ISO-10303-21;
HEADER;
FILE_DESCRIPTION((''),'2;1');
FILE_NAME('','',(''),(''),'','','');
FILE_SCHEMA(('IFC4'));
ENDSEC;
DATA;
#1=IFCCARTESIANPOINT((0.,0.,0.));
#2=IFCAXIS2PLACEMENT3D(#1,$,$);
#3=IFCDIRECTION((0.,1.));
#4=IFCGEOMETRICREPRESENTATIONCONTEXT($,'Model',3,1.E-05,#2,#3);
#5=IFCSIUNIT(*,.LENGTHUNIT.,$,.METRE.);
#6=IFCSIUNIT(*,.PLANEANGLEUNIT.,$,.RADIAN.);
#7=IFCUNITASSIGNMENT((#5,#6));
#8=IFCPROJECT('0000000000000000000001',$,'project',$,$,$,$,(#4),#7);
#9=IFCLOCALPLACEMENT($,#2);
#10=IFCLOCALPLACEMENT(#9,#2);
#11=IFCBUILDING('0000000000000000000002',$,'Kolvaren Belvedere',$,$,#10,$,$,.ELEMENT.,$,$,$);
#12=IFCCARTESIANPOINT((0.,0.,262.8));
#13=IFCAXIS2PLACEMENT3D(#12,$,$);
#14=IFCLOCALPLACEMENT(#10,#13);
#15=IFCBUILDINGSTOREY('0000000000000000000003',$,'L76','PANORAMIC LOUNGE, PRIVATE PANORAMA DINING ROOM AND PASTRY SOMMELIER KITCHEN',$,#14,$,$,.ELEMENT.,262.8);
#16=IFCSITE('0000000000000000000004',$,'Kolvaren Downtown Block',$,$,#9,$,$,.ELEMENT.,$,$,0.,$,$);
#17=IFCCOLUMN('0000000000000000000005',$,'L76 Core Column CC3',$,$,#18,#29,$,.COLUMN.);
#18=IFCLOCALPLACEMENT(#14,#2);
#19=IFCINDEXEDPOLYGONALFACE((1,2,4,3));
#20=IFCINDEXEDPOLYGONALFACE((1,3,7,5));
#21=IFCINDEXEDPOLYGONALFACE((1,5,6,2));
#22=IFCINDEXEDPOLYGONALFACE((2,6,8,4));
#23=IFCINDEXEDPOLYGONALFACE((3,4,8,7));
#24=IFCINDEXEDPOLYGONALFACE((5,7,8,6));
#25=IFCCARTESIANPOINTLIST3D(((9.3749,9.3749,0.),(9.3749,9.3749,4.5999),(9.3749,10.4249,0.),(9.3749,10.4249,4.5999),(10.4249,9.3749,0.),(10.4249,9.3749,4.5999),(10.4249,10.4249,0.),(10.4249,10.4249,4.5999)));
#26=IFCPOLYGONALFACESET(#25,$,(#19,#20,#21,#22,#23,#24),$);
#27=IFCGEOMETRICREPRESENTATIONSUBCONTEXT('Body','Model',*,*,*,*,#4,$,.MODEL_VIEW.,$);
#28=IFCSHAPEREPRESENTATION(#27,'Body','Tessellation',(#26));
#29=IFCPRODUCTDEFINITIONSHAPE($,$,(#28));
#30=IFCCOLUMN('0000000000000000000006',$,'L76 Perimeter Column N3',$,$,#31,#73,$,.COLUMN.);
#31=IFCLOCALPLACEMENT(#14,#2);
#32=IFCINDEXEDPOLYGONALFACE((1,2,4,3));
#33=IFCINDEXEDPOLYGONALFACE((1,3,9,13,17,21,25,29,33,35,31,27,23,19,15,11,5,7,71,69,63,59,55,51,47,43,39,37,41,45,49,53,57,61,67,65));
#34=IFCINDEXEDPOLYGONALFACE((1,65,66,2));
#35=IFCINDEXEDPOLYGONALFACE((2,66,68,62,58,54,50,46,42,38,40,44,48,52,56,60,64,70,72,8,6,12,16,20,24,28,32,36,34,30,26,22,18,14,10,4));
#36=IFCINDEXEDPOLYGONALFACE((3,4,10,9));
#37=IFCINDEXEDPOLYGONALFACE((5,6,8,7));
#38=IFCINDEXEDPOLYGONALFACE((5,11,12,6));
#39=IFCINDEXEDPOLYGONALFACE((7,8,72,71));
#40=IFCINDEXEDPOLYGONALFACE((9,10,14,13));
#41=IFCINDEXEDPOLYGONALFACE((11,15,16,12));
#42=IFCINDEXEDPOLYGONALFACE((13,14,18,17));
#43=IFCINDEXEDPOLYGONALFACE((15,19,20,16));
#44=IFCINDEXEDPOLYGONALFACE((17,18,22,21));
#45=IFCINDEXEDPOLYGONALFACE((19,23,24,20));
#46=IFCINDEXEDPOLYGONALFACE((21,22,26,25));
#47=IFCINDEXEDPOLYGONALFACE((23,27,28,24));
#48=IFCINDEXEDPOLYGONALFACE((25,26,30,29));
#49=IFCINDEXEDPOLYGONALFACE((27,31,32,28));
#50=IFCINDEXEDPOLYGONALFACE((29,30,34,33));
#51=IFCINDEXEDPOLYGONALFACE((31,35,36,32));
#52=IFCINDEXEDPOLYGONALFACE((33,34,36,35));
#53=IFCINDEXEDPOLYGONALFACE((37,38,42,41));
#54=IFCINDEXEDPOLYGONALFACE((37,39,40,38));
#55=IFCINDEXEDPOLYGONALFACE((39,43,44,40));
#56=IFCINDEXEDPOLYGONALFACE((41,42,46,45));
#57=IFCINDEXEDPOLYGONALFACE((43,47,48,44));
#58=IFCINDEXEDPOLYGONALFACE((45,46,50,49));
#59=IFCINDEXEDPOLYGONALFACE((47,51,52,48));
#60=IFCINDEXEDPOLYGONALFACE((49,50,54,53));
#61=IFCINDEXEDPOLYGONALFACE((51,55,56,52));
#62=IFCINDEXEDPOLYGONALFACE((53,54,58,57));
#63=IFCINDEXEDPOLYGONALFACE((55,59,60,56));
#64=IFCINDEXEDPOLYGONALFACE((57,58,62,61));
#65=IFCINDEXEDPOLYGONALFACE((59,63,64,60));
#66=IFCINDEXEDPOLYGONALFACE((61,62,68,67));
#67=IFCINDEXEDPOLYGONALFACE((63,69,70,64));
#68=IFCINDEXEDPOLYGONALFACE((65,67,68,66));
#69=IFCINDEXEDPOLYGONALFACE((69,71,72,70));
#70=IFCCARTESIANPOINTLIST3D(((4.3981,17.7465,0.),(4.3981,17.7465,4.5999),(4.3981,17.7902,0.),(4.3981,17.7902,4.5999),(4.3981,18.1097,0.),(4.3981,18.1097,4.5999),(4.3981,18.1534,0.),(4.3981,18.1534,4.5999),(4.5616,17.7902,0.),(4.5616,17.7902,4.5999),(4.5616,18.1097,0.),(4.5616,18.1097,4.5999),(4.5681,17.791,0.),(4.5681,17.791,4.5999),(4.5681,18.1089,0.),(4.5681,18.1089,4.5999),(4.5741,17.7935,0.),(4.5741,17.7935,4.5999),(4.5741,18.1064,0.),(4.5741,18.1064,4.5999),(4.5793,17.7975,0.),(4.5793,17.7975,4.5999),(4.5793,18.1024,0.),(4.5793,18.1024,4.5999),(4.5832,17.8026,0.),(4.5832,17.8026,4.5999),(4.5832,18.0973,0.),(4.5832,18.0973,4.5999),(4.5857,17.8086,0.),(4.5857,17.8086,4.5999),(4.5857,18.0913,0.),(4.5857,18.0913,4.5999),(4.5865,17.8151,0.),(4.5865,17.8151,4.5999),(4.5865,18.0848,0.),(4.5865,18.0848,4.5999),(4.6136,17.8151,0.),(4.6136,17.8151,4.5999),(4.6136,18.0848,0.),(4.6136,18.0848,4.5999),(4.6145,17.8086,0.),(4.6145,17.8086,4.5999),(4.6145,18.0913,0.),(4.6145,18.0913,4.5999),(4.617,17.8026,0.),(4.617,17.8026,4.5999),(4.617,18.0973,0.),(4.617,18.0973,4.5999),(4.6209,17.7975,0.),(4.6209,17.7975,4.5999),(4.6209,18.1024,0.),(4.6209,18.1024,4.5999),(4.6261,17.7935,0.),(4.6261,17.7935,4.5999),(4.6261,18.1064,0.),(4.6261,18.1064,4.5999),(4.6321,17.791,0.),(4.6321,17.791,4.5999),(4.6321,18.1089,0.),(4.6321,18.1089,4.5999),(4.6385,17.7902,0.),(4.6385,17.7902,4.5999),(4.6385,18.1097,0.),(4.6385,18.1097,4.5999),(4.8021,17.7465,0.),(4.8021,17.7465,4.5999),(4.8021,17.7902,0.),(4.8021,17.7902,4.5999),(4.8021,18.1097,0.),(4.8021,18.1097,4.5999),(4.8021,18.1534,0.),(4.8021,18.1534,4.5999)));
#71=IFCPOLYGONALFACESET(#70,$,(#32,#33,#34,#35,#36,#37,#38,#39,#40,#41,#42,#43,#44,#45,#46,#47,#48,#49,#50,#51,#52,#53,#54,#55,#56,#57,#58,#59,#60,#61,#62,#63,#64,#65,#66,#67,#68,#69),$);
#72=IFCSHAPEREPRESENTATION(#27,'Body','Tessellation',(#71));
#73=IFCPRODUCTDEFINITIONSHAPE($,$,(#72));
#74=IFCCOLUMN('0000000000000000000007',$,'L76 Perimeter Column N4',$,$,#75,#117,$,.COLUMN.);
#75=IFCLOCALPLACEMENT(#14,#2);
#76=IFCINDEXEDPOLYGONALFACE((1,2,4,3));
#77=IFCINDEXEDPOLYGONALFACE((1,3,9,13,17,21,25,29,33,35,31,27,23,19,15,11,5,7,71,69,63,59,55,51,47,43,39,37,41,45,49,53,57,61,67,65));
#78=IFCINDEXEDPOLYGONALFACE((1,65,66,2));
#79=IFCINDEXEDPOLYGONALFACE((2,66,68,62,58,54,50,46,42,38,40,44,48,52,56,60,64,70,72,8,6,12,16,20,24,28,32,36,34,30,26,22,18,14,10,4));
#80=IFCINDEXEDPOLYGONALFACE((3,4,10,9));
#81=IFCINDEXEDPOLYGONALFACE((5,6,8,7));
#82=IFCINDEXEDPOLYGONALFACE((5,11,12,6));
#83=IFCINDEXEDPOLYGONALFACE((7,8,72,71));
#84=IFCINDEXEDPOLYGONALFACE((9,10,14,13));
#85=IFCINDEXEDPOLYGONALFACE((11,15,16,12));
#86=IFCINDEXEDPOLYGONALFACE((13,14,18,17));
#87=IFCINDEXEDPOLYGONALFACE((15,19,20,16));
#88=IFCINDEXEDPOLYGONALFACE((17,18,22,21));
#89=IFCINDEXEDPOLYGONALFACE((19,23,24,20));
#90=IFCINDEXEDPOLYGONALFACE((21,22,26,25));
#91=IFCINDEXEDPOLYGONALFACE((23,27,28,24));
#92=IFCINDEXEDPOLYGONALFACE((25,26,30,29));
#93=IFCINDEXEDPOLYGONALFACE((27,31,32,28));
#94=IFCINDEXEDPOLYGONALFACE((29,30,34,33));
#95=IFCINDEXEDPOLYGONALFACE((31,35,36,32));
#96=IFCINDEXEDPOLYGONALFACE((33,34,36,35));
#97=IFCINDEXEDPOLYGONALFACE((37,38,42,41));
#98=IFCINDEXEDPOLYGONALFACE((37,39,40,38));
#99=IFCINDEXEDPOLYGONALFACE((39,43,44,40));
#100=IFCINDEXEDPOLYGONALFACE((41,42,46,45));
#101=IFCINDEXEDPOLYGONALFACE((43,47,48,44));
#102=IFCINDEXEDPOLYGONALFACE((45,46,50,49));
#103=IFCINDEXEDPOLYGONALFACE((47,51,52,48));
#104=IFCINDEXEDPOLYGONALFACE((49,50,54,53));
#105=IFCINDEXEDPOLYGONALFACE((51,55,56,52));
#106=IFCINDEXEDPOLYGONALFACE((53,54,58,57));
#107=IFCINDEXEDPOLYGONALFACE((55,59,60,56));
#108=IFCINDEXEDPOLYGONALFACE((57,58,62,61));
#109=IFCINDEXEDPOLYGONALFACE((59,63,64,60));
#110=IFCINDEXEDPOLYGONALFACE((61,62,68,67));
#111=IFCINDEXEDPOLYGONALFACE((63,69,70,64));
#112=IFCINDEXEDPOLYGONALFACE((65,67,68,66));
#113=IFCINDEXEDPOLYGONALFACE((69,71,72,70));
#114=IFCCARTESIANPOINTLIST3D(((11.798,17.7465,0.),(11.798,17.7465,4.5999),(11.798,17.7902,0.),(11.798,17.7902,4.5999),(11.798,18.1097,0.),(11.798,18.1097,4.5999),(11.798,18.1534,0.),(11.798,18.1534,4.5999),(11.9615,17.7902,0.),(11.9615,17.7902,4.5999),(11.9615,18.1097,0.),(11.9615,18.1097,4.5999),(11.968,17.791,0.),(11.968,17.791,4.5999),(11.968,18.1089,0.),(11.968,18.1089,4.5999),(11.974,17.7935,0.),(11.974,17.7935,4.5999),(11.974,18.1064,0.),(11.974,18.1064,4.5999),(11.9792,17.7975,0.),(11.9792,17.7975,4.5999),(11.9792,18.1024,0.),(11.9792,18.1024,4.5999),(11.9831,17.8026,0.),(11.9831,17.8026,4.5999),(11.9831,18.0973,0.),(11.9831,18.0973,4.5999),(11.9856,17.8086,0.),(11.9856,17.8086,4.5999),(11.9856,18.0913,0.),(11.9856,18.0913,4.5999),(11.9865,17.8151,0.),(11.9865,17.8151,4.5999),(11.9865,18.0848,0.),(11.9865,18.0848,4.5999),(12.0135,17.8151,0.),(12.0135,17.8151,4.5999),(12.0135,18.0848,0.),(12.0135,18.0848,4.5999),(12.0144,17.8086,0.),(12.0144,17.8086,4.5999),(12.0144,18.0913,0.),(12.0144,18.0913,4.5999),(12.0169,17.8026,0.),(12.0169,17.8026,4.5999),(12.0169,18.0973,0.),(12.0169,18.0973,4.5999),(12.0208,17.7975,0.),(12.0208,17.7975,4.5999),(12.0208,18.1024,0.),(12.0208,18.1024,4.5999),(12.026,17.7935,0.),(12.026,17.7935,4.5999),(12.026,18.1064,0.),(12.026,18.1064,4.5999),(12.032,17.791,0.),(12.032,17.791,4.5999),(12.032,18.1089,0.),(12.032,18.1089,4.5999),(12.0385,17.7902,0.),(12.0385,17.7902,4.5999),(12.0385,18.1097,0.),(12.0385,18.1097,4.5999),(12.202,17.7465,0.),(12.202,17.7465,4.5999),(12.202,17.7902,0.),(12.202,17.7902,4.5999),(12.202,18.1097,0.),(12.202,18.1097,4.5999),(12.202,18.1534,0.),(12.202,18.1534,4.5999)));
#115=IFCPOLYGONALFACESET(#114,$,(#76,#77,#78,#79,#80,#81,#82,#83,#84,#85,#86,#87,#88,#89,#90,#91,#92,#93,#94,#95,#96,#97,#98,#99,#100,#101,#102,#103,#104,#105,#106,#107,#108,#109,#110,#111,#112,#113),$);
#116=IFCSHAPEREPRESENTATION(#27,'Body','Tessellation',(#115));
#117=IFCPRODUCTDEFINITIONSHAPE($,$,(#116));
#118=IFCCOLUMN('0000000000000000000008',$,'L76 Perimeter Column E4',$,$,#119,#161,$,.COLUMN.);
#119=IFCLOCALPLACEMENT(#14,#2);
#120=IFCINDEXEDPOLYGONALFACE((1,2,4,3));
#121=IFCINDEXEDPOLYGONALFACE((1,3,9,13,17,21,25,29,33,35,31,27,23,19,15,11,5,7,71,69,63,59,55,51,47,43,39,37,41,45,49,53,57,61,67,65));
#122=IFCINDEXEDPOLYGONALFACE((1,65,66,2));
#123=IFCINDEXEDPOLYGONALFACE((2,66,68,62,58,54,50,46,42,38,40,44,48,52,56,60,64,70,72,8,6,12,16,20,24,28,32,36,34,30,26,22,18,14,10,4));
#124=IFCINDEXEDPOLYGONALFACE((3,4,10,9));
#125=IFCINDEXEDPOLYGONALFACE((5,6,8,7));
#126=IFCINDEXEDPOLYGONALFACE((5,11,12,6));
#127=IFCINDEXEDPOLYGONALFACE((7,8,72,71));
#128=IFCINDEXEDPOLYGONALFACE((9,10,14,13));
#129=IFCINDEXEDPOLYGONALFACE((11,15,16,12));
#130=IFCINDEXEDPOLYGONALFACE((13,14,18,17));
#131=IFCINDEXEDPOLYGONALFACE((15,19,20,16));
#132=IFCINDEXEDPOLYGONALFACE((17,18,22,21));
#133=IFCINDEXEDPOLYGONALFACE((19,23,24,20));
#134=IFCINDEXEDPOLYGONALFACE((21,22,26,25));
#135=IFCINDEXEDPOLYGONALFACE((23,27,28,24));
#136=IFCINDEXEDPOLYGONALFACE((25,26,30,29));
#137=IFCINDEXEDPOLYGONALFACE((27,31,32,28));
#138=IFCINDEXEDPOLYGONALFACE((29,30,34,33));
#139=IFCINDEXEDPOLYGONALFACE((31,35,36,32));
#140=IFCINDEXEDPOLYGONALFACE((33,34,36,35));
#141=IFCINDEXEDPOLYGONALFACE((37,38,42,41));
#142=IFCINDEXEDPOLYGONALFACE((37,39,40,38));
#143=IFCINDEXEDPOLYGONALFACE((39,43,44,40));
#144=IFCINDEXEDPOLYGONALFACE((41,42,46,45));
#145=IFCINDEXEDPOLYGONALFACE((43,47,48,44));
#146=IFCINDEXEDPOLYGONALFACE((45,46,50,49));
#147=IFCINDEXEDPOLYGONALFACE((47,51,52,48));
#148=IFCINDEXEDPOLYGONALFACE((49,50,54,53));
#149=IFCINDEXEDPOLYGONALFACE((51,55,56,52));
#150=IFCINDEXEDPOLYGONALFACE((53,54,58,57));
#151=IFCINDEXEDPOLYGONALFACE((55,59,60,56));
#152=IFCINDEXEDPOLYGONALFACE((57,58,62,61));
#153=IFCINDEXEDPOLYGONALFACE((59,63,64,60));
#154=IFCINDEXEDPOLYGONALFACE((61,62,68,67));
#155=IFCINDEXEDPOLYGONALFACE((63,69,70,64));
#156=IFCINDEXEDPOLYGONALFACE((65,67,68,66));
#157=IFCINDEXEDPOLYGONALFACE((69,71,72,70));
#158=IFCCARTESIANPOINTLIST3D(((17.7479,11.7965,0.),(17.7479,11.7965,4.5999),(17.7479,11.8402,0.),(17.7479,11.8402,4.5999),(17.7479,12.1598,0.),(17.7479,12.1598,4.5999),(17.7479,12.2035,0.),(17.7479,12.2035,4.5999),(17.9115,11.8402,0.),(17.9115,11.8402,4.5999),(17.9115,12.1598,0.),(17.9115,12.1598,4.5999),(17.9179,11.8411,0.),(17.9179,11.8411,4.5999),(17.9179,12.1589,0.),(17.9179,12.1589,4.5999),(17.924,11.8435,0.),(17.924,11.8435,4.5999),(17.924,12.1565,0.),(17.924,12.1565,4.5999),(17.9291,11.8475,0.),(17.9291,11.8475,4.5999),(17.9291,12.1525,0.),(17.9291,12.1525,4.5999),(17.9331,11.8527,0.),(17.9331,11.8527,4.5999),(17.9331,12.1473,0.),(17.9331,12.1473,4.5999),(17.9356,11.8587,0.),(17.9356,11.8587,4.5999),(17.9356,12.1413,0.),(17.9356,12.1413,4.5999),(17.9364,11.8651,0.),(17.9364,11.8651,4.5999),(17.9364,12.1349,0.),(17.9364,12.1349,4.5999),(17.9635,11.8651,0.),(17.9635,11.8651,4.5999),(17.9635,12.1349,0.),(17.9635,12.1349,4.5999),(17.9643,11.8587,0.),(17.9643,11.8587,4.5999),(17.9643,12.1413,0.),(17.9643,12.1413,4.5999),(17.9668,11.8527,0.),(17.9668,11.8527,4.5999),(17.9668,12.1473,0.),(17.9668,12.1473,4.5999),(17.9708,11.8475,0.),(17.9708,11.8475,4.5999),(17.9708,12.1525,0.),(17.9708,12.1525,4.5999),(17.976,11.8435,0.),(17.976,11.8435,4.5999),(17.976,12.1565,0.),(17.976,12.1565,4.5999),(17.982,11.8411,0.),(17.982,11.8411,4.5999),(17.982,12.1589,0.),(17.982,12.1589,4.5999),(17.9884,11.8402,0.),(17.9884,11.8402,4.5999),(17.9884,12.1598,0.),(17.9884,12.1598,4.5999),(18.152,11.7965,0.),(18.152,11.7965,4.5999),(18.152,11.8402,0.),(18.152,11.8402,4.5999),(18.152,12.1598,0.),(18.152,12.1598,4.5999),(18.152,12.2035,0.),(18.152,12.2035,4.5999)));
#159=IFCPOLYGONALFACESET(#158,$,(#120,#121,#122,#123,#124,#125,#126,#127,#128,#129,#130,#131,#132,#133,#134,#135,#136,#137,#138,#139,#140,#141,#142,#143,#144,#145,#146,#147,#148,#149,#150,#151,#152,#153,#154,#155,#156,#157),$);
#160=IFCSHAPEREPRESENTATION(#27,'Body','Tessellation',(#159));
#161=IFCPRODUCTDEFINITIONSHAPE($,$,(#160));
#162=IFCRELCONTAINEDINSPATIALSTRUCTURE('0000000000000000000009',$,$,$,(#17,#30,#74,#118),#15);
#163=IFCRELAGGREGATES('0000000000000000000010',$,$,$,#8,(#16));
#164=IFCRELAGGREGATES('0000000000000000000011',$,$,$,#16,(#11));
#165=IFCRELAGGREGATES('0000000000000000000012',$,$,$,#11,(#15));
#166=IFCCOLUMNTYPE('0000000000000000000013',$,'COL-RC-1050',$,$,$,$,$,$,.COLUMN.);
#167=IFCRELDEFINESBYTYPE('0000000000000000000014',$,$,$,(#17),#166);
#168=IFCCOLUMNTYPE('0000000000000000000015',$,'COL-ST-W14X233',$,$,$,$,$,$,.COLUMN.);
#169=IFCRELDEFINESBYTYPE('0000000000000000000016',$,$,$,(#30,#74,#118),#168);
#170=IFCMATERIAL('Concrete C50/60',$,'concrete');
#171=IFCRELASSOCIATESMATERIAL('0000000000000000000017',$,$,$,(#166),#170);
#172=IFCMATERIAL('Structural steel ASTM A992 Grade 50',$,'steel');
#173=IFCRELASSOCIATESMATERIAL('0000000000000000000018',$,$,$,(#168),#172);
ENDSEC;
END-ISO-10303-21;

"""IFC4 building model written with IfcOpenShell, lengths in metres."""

from ifc_helpers import new_model, si_unit, direction, frame, origin, origin_2d, place, context, subcontext, project, spatial, rectangle, i_section, extrude, material, material_profile, profile_set, type_object, element, save


model = new_model("IFC4")

# Units and contexts
model_context = context("Model", 3, precision=1e-05, world=origin(), true_north=direction((0.0, 1.0)))
body_context = subcontext(model_context, "Body", "Model", "MODEL_VIEW")
ifc_project = project(units=[si_unit("LENGTHUNIT", "METRE"), si_unit("PLANEANGLEUNIT", "RADIAN")], contexts=[model_context])

# Site, building, storey
site_placement = place(None, origin())
site = spatial("IfcSite", under=ifc_project, at=site_placement, Name="Kolvaren Downtown Block", CompositionType="ELEMENT", RefElevation=0.0)
building_placement = place(site_placement, origin())
building = spatial("IfcBuilding", under=site, at=building_placement, Name="Kolvaren Belvedere", CompositionType="ELEMENT")
storey_placement = place(building_placement, frame((0.0, 0.0, 262.8)))
storey = spatial("IfcBuildingStorey", under=building, at=storey_placement, Name="L76", Description="PANORAMIC LOUNGE, PRIVATE PANORAMA DINING ROOM AND PASTRY SOMMELIER KITCHEN", CompositionType="ELEMENT", Elevation=262.8)

# Columns
ifc_material_1 = material(Name="Concrete C50/60", Category="concrete")
ifc_material_profile_1 = material_profile(ifc_material_1, rectangle(XDim=1.05, YDim=1.05, at=origin_2d()), Name="RC 1050X1050")
ifc_profile_set_1 = profile_set([ifc_material_profile_1], Name="Concrete C50/60")
column_type_1 = type_object("IfcColumnType", Name="COL-RC-1050", PredefinedType="COLUMN", material=ifc_profile_set_1)
column_placement = place(storey_placement, frame((9.8999, 9.8999, 0.0), z_axis=(0.0, 0.0, 1.0), x_axis=(1.0, 0.0, 0.0)))
element("IfcColumn", 1, at=column_placement, inside=storey, type_object=column_type_1, Name="L76 Core Column CC3", PredefinedType="COLUMN", context=body_context, shape_type="SweptSolid", body=[
    extrude(rectangle(XDim=1.05, YDim=1.05, at=origin_2d()), origin(), (0.0, 0.0, 1.0), 4.5999),
])
ifc_material_2 = material(Name="Structural steel ASTM A992 Grade 50", Category="steel")
ifc_material_profile_2 = material_profile(ifc_material_2, i_section(OverallWidth=0.4041, OverallDepth=0.407, WebThickness=0.0271, FlangeThickness=0.0437, FilletRadius=0.0249, at=origin_2d()), Name="W14X233")
ifc_profile_set_2 = profile_set([ifc_material_profile_2], Name="Structural steel ASTM A992 Grade 50")
column_type_2 = type_object("IfcColumnType", Name="COL-ST-W14X233", PredefinedType="COLUMN", material=ifc_profile_set_2)
for number, where, z_axis, x_axis, name in (
    (2, (4.6001, 17.95, 0.0), (0.0, 0.0, 1.0), (1.0, 0.0, 0.0), "L76 Perimeter Column N3"),
    (3, (12.0, 17.95, 0.0), (0.0, 0.0, 1.0), (1.0, 0.0, 0.0), "L76 Perimeter Column N4"),
    (4, (17.95, 12.0, 0.0), (0.0, 0.0, 1.0), (1.0, 0.0, 0.0), "L76 Perimeter Column E4"),
):
    element("IfcColumn", number, at=place(storey_placement, frame(where, z_axis=z_axis, x_axis=x_axis)), inside=storey, type_object=column_type_2, Name=name, PredefinedType="COLUMN", context=body_context, shape_type="SweptSolid", body=[
        extrude(i_section(OverallWidth=0.4041, OverallDepth=0.407, WebThickness=0.0271, FlangeThickness=0.0437, FilletRadius=0.0249, at=origin_2d()), origin(), (0.0, 0.0, 1.0), 4.5999),
    ])

save(model, "model.ifc")
